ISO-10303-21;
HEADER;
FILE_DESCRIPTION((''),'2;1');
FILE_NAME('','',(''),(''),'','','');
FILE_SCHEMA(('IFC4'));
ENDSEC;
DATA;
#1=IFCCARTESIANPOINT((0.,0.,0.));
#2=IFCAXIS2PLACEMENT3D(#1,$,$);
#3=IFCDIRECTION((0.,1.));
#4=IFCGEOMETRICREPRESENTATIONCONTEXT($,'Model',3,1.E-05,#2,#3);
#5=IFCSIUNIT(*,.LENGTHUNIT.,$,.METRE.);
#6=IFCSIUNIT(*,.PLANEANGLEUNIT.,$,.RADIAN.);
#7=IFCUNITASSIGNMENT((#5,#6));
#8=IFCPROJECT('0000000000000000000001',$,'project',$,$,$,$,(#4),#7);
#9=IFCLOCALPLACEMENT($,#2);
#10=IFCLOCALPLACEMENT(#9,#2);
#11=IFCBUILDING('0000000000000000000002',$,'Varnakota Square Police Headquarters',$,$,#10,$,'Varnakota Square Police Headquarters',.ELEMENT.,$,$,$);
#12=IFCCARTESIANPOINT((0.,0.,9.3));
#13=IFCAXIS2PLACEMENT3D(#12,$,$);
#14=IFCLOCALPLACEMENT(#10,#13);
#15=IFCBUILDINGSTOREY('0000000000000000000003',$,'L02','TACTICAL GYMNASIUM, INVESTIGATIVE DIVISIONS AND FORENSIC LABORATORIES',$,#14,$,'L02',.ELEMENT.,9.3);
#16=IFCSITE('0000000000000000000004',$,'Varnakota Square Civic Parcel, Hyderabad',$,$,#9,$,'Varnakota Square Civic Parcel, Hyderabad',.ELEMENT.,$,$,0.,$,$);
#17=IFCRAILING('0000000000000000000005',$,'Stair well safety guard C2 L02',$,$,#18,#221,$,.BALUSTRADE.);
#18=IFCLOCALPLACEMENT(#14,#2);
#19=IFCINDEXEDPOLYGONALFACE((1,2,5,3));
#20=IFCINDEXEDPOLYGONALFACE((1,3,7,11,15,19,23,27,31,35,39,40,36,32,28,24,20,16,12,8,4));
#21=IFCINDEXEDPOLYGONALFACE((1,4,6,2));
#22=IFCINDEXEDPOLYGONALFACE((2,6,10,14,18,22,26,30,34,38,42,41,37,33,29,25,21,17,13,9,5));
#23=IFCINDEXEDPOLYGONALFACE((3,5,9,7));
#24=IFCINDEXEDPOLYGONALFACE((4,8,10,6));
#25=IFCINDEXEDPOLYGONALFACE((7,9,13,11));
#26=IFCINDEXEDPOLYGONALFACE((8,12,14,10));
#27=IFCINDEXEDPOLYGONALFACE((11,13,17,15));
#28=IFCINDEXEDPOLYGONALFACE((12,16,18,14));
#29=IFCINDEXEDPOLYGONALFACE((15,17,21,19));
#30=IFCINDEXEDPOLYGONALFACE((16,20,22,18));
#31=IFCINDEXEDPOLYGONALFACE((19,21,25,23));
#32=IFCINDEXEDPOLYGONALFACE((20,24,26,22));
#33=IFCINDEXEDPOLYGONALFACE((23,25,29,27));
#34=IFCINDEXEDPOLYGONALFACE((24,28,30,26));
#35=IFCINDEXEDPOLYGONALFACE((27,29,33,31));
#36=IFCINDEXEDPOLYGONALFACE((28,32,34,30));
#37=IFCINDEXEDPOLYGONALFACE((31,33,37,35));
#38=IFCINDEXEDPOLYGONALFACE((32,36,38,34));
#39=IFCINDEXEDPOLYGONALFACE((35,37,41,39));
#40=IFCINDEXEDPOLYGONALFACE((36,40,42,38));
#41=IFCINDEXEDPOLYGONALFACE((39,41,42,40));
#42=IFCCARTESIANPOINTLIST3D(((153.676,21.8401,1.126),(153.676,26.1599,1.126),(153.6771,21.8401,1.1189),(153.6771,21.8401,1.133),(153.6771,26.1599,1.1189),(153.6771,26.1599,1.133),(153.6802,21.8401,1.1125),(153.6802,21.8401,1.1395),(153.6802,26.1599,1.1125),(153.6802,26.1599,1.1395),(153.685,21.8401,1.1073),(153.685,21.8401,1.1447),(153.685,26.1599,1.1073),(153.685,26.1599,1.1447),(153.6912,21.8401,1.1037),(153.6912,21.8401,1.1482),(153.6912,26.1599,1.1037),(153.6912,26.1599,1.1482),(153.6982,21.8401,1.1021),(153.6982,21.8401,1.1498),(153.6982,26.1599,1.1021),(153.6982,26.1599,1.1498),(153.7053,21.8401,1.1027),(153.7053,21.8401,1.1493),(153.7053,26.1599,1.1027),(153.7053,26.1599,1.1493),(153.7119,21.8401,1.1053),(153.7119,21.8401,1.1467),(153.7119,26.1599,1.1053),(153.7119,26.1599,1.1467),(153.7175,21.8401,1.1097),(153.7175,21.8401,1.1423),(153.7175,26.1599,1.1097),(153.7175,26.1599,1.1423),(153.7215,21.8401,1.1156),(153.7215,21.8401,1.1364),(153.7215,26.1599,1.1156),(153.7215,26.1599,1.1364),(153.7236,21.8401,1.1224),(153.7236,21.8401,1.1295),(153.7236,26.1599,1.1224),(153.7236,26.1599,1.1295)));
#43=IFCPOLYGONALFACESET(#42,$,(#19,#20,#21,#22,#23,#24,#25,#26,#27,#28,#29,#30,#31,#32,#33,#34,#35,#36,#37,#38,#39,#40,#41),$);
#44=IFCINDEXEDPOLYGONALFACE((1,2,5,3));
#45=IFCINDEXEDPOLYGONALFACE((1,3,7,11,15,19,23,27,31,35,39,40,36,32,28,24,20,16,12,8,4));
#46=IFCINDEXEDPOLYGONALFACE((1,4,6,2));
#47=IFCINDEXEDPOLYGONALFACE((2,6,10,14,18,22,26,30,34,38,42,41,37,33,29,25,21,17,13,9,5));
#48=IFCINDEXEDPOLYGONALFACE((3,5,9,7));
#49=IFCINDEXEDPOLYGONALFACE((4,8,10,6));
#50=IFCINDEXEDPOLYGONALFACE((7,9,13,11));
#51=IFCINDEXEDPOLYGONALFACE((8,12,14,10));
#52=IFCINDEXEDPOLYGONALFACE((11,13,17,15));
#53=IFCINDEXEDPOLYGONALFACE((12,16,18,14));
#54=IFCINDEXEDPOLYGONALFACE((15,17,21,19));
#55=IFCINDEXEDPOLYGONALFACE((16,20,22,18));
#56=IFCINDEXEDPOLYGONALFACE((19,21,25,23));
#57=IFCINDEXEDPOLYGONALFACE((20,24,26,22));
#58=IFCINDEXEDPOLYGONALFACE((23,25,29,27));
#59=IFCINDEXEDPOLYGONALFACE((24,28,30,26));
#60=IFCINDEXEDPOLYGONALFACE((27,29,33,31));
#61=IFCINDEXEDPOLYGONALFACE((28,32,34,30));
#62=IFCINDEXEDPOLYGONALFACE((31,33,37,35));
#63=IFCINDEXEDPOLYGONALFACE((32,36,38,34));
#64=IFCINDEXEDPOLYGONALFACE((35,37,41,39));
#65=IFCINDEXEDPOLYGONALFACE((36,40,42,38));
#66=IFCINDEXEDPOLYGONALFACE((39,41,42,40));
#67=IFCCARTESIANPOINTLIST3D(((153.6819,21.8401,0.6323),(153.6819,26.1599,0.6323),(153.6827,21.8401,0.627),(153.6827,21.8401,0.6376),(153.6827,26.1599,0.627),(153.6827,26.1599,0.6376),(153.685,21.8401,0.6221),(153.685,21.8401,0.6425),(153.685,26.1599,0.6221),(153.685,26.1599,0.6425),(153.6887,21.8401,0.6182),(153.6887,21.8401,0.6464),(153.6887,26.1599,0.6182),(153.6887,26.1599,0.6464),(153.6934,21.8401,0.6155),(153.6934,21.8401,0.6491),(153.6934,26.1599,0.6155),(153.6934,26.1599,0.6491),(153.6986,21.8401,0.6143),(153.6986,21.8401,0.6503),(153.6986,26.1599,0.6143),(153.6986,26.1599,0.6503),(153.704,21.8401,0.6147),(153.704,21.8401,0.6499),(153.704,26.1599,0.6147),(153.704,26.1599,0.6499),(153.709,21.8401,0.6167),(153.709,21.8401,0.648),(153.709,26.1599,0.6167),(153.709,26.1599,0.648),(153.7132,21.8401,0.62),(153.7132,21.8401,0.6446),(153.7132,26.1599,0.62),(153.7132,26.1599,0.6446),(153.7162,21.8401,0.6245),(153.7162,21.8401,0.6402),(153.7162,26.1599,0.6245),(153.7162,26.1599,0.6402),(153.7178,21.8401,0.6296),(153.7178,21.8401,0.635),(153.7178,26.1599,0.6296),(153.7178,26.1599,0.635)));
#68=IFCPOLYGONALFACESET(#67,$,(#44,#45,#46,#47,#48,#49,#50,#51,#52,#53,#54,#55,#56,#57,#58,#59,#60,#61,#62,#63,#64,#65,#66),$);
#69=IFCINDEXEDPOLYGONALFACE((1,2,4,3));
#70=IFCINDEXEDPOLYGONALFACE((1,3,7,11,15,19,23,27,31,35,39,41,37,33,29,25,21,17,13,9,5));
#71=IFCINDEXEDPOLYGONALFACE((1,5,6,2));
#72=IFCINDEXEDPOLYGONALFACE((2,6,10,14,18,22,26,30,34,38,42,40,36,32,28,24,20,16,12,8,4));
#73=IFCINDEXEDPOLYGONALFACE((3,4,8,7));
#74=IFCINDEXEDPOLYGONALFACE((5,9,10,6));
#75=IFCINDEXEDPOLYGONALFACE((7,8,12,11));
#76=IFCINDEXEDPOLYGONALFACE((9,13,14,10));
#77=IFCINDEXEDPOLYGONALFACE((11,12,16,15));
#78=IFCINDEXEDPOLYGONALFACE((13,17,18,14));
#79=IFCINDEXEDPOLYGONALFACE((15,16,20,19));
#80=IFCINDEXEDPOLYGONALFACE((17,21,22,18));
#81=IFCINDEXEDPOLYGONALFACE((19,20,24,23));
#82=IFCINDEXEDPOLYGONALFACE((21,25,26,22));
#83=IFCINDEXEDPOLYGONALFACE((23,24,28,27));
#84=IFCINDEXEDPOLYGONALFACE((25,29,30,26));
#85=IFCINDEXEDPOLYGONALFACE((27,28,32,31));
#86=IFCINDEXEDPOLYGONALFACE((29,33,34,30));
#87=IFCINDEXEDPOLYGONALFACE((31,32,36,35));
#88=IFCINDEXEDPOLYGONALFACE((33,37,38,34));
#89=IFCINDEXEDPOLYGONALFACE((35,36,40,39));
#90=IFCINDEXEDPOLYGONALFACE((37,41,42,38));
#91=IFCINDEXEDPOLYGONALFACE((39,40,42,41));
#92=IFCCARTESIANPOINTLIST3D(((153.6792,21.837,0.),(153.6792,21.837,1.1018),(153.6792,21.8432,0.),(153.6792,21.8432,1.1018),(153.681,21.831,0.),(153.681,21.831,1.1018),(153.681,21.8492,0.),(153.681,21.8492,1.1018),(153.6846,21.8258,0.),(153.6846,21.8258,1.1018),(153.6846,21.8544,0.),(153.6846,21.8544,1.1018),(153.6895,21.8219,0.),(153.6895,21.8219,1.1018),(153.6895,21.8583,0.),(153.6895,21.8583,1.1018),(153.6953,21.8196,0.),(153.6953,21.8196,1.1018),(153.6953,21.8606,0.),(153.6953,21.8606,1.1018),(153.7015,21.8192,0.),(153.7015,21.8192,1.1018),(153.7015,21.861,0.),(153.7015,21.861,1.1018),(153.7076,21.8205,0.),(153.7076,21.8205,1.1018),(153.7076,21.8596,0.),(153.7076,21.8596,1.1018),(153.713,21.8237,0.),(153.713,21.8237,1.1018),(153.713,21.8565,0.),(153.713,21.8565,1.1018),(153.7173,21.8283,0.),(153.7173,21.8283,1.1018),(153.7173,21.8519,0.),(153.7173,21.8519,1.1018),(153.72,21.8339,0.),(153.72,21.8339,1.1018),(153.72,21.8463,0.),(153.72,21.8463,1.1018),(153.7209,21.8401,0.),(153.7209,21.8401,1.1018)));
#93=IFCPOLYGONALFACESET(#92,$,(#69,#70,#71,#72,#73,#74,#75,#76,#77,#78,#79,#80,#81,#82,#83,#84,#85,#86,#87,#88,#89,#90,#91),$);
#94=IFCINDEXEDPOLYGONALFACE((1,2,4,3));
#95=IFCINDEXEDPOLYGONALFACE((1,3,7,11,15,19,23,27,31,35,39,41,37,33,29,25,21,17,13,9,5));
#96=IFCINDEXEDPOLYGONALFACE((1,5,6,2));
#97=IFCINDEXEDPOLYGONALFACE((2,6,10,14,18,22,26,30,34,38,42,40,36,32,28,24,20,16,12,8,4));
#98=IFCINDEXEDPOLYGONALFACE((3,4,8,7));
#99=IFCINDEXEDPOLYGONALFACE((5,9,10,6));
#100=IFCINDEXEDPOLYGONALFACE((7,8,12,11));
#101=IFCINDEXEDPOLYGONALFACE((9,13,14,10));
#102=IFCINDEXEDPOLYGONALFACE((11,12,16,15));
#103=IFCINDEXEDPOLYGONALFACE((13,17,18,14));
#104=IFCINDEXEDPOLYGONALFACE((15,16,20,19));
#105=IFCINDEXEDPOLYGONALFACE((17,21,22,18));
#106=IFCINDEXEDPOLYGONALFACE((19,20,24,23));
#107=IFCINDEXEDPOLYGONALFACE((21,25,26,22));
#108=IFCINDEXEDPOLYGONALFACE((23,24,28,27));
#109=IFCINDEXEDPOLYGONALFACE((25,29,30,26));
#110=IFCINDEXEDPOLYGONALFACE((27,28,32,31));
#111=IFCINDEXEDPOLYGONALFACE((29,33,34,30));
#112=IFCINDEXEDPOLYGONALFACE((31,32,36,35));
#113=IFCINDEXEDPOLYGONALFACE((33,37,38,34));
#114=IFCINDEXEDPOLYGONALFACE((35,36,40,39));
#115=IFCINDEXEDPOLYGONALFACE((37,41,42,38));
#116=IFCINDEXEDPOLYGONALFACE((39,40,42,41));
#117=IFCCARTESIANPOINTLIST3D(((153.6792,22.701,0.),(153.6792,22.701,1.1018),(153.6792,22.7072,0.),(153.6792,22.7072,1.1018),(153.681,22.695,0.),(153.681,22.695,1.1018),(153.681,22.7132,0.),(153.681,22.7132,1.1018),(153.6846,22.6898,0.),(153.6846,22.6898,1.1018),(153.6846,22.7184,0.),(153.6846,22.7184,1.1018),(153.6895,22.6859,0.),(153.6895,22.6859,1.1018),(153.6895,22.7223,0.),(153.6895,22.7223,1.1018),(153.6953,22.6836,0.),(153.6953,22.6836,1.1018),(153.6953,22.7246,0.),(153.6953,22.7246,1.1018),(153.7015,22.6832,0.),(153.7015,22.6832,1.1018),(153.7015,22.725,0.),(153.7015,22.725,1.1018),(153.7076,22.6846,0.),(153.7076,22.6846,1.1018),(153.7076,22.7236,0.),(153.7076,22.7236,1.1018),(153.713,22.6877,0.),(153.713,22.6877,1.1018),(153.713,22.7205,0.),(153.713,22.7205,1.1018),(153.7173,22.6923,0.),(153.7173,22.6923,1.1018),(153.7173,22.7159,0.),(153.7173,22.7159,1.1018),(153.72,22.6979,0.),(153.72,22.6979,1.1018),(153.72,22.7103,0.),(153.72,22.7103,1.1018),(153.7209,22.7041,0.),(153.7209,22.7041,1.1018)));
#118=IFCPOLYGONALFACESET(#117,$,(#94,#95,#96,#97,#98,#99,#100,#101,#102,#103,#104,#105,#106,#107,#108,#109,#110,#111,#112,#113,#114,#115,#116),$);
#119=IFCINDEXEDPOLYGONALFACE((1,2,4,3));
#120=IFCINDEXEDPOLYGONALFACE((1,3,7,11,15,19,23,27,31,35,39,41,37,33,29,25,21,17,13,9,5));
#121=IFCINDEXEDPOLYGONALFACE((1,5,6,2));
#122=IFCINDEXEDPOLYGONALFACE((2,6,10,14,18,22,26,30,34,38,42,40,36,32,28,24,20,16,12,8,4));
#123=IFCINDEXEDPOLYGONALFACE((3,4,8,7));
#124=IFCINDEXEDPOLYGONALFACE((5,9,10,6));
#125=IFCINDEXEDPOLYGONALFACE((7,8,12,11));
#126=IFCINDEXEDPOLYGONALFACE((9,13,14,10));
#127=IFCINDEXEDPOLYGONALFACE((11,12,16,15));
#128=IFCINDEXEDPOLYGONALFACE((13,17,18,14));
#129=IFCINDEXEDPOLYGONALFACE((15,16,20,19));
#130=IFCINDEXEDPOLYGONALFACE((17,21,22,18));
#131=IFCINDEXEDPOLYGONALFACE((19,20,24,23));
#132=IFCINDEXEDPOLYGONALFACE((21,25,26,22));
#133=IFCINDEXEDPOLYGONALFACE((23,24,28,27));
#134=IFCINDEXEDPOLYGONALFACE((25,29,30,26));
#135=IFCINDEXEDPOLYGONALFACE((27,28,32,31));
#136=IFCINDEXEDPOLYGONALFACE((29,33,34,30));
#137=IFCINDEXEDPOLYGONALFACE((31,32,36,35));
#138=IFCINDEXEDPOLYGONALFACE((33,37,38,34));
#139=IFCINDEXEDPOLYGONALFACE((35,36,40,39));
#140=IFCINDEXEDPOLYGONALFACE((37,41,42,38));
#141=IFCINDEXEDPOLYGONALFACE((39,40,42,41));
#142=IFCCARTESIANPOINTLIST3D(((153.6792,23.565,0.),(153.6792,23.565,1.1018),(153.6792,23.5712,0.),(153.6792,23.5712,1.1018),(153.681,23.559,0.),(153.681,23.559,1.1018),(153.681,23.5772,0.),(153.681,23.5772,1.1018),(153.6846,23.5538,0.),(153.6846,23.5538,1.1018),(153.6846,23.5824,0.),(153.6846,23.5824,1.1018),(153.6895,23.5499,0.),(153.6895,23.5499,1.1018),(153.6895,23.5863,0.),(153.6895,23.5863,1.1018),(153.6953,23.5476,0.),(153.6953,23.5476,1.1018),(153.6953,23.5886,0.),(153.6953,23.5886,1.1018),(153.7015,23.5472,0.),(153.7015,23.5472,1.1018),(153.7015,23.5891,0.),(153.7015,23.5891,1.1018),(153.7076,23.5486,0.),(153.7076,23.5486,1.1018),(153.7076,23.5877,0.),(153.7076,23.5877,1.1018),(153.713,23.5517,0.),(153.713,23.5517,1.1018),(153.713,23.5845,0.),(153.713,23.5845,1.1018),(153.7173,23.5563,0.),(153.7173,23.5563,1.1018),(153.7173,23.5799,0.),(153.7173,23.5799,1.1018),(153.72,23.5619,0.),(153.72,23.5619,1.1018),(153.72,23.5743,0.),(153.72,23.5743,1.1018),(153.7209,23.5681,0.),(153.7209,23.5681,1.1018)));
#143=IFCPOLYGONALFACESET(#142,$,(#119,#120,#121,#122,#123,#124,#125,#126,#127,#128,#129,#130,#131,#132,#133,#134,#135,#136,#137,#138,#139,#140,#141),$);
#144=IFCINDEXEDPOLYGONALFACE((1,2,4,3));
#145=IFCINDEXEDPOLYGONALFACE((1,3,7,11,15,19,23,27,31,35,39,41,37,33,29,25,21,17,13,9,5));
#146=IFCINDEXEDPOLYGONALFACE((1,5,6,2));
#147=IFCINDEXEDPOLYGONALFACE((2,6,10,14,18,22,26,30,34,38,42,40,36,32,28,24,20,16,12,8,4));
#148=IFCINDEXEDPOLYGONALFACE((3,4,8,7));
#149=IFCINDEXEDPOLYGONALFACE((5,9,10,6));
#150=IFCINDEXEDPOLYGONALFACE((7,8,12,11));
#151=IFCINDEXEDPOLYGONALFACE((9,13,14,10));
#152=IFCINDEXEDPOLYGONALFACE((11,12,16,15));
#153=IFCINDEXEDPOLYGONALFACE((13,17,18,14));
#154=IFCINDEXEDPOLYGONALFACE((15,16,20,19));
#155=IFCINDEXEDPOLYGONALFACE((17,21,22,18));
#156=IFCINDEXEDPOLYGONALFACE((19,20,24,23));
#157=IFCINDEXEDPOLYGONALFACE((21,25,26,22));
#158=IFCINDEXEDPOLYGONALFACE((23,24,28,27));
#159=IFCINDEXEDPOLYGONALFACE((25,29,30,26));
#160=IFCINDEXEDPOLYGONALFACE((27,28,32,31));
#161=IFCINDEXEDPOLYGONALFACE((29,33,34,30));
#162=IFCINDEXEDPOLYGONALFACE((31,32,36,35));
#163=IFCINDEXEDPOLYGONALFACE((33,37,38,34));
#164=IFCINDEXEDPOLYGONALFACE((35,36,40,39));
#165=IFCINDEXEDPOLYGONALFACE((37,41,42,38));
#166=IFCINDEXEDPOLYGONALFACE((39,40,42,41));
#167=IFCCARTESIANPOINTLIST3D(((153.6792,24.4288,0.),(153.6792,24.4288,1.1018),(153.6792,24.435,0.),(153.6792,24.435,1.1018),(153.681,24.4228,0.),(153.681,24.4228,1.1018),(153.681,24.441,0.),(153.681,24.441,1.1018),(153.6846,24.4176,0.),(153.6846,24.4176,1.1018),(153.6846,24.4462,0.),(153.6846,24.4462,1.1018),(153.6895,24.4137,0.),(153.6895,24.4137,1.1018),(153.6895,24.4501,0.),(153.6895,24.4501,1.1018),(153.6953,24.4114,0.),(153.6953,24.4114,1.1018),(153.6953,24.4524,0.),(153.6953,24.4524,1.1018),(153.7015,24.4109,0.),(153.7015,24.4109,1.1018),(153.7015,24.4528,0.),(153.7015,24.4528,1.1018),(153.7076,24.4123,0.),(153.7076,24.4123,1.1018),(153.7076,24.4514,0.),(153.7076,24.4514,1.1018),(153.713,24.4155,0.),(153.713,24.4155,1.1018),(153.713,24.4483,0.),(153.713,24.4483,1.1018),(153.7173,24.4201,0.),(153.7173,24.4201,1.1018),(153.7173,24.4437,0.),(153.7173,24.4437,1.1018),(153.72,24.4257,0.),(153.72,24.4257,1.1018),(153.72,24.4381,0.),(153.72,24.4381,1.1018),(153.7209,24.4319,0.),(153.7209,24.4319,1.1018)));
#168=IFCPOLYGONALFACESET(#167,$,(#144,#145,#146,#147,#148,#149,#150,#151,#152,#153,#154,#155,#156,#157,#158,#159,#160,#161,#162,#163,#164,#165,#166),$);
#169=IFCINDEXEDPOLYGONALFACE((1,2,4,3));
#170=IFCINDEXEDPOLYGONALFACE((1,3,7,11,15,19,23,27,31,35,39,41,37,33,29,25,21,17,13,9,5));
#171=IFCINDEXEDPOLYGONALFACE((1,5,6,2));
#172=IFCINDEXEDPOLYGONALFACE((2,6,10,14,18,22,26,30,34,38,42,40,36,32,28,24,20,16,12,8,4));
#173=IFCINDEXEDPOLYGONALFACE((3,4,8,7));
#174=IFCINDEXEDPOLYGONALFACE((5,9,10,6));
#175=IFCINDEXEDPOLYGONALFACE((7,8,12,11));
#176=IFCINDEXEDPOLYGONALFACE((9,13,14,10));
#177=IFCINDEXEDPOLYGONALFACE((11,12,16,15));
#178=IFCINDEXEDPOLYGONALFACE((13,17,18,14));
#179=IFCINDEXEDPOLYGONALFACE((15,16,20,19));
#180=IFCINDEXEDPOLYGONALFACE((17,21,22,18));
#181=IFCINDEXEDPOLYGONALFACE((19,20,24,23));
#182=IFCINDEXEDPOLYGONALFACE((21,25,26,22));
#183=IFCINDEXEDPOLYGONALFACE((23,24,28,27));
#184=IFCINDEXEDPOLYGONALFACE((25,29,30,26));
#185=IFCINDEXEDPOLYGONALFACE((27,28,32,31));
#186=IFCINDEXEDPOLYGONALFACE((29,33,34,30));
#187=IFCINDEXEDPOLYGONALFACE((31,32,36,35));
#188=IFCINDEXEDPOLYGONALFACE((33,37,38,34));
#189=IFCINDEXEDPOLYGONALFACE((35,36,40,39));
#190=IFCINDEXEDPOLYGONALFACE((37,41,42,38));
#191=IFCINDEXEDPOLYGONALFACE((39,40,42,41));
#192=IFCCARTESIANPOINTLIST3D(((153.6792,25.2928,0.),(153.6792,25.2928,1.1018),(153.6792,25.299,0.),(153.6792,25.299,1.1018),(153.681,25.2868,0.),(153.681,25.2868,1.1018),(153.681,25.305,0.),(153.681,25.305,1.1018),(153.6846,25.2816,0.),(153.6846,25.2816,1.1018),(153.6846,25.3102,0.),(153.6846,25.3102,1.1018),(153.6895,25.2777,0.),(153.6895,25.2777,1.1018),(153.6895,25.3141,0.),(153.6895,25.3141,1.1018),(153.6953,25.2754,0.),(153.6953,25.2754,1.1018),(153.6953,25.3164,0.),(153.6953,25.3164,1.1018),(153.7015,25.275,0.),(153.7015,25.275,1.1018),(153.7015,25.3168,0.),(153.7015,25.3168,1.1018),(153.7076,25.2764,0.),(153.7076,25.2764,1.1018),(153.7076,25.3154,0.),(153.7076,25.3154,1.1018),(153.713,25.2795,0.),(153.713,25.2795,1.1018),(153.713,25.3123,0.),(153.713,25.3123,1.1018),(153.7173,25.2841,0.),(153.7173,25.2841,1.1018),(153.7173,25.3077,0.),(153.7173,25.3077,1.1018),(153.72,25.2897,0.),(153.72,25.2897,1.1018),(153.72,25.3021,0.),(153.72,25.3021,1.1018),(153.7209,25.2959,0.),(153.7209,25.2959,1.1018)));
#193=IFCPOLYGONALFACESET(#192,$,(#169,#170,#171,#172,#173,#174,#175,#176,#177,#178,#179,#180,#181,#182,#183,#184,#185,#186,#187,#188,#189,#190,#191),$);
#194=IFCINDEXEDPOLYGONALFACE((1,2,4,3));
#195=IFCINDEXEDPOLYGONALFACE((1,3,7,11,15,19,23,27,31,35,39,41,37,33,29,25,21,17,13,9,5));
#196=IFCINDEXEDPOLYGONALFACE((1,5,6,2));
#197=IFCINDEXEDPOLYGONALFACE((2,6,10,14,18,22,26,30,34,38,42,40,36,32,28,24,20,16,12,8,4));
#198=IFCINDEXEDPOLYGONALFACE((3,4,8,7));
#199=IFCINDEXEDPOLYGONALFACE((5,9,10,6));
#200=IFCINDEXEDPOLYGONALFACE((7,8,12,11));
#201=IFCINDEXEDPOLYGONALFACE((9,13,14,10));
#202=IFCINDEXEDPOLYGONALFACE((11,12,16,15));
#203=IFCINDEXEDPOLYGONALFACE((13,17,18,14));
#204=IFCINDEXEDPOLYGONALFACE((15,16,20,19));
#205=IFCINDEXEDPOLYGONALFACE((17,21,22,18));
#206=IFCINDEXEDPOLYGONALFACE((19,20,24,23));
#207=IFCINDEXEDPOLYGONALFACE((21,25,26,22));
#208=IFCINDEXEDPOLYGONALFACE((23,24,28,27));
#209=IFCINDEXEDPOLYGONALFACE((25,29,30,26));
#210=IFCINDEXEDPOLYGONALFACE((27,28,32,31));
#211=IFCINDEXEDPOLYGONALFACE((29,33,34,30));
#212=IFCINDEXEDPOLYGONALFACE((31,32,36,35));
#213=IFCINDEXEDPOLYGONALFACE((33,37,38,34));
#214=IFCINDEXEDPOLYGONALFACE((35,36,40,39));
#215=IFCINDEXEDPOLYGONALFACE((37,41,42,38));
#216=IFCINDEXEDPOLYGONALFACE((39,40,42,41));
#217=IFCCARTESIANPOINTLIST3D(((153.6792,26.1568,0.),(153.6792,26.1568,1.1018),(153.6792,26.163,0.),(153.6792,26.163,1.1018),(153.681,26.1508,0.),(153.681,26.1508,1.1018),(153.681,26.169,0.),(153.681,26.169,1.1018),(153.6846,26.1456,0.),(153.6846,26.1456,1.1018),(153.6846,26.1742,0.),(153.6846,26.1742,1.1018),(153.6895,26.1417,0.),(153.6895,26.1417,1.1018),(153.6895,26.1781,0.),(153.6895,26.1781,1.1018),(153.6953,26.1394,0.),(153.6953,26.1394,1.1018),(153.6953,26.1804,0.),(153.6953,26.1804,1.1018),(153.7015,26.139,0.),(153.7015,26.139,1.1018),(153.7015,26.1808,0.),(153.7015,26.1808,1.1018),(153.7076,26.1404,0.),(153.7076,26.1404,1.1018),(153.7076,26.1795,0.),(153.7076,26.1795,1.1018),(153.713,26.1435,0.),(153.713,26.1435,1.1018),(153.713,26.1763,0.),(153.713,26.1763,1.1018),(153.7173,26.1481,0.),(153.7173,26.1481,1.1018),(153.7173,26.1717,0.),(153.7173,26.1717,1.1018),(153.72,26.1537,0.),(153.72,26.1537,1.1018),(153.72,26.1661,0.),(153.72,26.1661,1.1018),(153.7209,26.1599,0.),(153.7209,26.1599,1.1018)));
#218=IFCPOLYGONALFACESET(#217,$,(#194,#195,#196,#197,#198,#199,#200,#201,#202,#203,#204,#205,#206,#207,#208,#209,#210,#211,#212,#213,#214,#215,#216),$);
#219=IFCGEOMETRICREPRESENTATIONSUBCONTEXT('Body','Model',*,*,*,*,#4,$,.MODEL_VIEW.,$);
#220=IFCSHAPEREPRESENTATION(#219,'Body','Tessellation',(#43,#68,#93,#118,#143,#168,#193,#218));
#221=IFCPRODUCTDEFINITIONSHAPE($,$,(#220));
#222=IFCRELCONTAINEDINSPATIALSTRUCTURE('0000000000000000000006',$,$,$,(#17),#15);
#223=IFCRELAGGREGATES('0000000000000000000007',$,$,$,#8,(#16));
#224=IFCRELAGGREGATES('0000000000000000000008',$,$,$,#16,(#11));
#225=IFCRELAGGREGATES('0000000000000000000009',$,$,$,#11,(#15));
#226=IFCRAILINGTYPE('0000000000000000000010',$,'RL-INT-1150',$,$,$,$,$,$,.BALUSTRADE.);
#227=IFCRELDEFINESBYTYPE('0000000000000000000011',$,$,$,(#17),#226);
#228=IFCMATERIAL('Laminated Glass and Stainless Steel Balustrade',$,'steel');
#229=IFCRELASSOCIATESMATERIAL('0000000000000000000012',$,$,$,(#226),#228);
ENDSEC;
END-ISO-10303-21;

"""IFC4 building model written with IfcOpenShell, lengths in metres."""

from ifc_helpers import new_model, si_unit, direction, frame, origin, origin_2d, place, context, subcontext, project, spatial, circle, extrude, material, type_object, element, save


model = new_model("IFC4")

# Units and contexts
model_context = context("Model", 3, precision=1e-05, world=origin(), true_north=direction((0.0, 1.0)))
body_context = subcontext(model_context, "Body", "Model", "MODEL_VIEW")
ifc_project = project(units=[si_unit("LENGTHUNIT", "METRE"), si_unit("PLANEANGLEUNIT", "RADIAN")], contexts=[model_context])

# Site, building, storey
site_placement = place(None, origin())
site = spatial("IfcSite", under=ifc_project, at=site_placement, Name="Varnakota Square Civic Parcel, Hyderabad", LongName="Varnakota Square Civic Parcel, Hyderabad", CompositionType="ELEMENT", RefElevation=0.0)
building_placement = place(site_placement, origin())
building = spatial("IfcBuilding", under=site, at=building_placement, Name="Varnakota Square Police Headquarters", LongName="Varnakota Square Police Headquarters", CompositionType="ELEMENT")
storey_placement = place(building_placement, frame((0.0, 0.0, 9.3)))
storey = spatial("IfcBuildingStorey", under=building, at=storey_placement, Name="L02", Description="TACTICAL GYMNASIUM, INVESTIGATIVE DIVISIONS AND FORENSIC LABORATORIES", LongName="L02", CompositionType="ELEMENT", Elevation=9.3)

# Railing
ifc_material_1 = material(Name="Laminated Glass and Stainless Steel Balustrade", Category="steel")
railing_type_1 = type_object("IfcRailingType", Name="RL-INT-1150", PredefinedType="BALUSTRADE", material=ifc_material_1)
railing_1_placement = place(storey_placement, frame((153.7, 21.8401, 0.0)))
element("IfcRailing", 1, at=railing_1_placement, inside=storey, type_object=railing_type_1, Name="Stair well safety guard C2 L02", PredefinedType="BALUSTRADE", context=body_context, shape_type="SweptSolid", body=[
    extrude(circle(Radius=0.0239, at=origin_2d()), frame((0.0, 0.0, 1.126), z_axis=(0.0, 1.0, 0.0), x_axis=(-1.0, 0.0, 0.0)), (0.0, 0.0, 1.0), 4.3198),
    extrude(circle(Radius=0.0181, at=origin_2d()), frame((0.0, 0.0, 0.6323), z_axis=(0.0, 1.0, 0.0), x_axis=(-1.0, 0.0, 0.0)), (0.0, 0.0, 1.0), 4.3198),
    extrude(circle(Radius=0.021, at=origin_2d()), origin(), (0.0, 0.0, 1.0), 1.1018),
    extrude(circle(Radius=0.021, at=origin_2d()), frame((0.0, 0.864, 0.0)), (0.0, 0.0, 1.0), 1.1018),
    extrude(circle(Radius=0.021, at=origin_2d()), frame((0.0, 1.728, 0.0)), (0.0, 0.0, 1.0), 1.1018),
    extrude(circle(Radius=0.021, at=origin_2d()), frame((0.0, 2.5918, 0.0)), (0.0, 0.0, 1.0), 1.1018),
    extrude(circle(Radius=0.021, at=origin_2d()), frame((0.0, 3.4558, 0.0)), (0.0, 0.0, 1.0), 1.1018),
    extrude(circle(Radius=0.021, at=origin_2d()), frame((0.0, 4.3198, 0.0)), (0.0, 0.0, 1.0), 1.1018),
])

save(model, "model.ifc")
